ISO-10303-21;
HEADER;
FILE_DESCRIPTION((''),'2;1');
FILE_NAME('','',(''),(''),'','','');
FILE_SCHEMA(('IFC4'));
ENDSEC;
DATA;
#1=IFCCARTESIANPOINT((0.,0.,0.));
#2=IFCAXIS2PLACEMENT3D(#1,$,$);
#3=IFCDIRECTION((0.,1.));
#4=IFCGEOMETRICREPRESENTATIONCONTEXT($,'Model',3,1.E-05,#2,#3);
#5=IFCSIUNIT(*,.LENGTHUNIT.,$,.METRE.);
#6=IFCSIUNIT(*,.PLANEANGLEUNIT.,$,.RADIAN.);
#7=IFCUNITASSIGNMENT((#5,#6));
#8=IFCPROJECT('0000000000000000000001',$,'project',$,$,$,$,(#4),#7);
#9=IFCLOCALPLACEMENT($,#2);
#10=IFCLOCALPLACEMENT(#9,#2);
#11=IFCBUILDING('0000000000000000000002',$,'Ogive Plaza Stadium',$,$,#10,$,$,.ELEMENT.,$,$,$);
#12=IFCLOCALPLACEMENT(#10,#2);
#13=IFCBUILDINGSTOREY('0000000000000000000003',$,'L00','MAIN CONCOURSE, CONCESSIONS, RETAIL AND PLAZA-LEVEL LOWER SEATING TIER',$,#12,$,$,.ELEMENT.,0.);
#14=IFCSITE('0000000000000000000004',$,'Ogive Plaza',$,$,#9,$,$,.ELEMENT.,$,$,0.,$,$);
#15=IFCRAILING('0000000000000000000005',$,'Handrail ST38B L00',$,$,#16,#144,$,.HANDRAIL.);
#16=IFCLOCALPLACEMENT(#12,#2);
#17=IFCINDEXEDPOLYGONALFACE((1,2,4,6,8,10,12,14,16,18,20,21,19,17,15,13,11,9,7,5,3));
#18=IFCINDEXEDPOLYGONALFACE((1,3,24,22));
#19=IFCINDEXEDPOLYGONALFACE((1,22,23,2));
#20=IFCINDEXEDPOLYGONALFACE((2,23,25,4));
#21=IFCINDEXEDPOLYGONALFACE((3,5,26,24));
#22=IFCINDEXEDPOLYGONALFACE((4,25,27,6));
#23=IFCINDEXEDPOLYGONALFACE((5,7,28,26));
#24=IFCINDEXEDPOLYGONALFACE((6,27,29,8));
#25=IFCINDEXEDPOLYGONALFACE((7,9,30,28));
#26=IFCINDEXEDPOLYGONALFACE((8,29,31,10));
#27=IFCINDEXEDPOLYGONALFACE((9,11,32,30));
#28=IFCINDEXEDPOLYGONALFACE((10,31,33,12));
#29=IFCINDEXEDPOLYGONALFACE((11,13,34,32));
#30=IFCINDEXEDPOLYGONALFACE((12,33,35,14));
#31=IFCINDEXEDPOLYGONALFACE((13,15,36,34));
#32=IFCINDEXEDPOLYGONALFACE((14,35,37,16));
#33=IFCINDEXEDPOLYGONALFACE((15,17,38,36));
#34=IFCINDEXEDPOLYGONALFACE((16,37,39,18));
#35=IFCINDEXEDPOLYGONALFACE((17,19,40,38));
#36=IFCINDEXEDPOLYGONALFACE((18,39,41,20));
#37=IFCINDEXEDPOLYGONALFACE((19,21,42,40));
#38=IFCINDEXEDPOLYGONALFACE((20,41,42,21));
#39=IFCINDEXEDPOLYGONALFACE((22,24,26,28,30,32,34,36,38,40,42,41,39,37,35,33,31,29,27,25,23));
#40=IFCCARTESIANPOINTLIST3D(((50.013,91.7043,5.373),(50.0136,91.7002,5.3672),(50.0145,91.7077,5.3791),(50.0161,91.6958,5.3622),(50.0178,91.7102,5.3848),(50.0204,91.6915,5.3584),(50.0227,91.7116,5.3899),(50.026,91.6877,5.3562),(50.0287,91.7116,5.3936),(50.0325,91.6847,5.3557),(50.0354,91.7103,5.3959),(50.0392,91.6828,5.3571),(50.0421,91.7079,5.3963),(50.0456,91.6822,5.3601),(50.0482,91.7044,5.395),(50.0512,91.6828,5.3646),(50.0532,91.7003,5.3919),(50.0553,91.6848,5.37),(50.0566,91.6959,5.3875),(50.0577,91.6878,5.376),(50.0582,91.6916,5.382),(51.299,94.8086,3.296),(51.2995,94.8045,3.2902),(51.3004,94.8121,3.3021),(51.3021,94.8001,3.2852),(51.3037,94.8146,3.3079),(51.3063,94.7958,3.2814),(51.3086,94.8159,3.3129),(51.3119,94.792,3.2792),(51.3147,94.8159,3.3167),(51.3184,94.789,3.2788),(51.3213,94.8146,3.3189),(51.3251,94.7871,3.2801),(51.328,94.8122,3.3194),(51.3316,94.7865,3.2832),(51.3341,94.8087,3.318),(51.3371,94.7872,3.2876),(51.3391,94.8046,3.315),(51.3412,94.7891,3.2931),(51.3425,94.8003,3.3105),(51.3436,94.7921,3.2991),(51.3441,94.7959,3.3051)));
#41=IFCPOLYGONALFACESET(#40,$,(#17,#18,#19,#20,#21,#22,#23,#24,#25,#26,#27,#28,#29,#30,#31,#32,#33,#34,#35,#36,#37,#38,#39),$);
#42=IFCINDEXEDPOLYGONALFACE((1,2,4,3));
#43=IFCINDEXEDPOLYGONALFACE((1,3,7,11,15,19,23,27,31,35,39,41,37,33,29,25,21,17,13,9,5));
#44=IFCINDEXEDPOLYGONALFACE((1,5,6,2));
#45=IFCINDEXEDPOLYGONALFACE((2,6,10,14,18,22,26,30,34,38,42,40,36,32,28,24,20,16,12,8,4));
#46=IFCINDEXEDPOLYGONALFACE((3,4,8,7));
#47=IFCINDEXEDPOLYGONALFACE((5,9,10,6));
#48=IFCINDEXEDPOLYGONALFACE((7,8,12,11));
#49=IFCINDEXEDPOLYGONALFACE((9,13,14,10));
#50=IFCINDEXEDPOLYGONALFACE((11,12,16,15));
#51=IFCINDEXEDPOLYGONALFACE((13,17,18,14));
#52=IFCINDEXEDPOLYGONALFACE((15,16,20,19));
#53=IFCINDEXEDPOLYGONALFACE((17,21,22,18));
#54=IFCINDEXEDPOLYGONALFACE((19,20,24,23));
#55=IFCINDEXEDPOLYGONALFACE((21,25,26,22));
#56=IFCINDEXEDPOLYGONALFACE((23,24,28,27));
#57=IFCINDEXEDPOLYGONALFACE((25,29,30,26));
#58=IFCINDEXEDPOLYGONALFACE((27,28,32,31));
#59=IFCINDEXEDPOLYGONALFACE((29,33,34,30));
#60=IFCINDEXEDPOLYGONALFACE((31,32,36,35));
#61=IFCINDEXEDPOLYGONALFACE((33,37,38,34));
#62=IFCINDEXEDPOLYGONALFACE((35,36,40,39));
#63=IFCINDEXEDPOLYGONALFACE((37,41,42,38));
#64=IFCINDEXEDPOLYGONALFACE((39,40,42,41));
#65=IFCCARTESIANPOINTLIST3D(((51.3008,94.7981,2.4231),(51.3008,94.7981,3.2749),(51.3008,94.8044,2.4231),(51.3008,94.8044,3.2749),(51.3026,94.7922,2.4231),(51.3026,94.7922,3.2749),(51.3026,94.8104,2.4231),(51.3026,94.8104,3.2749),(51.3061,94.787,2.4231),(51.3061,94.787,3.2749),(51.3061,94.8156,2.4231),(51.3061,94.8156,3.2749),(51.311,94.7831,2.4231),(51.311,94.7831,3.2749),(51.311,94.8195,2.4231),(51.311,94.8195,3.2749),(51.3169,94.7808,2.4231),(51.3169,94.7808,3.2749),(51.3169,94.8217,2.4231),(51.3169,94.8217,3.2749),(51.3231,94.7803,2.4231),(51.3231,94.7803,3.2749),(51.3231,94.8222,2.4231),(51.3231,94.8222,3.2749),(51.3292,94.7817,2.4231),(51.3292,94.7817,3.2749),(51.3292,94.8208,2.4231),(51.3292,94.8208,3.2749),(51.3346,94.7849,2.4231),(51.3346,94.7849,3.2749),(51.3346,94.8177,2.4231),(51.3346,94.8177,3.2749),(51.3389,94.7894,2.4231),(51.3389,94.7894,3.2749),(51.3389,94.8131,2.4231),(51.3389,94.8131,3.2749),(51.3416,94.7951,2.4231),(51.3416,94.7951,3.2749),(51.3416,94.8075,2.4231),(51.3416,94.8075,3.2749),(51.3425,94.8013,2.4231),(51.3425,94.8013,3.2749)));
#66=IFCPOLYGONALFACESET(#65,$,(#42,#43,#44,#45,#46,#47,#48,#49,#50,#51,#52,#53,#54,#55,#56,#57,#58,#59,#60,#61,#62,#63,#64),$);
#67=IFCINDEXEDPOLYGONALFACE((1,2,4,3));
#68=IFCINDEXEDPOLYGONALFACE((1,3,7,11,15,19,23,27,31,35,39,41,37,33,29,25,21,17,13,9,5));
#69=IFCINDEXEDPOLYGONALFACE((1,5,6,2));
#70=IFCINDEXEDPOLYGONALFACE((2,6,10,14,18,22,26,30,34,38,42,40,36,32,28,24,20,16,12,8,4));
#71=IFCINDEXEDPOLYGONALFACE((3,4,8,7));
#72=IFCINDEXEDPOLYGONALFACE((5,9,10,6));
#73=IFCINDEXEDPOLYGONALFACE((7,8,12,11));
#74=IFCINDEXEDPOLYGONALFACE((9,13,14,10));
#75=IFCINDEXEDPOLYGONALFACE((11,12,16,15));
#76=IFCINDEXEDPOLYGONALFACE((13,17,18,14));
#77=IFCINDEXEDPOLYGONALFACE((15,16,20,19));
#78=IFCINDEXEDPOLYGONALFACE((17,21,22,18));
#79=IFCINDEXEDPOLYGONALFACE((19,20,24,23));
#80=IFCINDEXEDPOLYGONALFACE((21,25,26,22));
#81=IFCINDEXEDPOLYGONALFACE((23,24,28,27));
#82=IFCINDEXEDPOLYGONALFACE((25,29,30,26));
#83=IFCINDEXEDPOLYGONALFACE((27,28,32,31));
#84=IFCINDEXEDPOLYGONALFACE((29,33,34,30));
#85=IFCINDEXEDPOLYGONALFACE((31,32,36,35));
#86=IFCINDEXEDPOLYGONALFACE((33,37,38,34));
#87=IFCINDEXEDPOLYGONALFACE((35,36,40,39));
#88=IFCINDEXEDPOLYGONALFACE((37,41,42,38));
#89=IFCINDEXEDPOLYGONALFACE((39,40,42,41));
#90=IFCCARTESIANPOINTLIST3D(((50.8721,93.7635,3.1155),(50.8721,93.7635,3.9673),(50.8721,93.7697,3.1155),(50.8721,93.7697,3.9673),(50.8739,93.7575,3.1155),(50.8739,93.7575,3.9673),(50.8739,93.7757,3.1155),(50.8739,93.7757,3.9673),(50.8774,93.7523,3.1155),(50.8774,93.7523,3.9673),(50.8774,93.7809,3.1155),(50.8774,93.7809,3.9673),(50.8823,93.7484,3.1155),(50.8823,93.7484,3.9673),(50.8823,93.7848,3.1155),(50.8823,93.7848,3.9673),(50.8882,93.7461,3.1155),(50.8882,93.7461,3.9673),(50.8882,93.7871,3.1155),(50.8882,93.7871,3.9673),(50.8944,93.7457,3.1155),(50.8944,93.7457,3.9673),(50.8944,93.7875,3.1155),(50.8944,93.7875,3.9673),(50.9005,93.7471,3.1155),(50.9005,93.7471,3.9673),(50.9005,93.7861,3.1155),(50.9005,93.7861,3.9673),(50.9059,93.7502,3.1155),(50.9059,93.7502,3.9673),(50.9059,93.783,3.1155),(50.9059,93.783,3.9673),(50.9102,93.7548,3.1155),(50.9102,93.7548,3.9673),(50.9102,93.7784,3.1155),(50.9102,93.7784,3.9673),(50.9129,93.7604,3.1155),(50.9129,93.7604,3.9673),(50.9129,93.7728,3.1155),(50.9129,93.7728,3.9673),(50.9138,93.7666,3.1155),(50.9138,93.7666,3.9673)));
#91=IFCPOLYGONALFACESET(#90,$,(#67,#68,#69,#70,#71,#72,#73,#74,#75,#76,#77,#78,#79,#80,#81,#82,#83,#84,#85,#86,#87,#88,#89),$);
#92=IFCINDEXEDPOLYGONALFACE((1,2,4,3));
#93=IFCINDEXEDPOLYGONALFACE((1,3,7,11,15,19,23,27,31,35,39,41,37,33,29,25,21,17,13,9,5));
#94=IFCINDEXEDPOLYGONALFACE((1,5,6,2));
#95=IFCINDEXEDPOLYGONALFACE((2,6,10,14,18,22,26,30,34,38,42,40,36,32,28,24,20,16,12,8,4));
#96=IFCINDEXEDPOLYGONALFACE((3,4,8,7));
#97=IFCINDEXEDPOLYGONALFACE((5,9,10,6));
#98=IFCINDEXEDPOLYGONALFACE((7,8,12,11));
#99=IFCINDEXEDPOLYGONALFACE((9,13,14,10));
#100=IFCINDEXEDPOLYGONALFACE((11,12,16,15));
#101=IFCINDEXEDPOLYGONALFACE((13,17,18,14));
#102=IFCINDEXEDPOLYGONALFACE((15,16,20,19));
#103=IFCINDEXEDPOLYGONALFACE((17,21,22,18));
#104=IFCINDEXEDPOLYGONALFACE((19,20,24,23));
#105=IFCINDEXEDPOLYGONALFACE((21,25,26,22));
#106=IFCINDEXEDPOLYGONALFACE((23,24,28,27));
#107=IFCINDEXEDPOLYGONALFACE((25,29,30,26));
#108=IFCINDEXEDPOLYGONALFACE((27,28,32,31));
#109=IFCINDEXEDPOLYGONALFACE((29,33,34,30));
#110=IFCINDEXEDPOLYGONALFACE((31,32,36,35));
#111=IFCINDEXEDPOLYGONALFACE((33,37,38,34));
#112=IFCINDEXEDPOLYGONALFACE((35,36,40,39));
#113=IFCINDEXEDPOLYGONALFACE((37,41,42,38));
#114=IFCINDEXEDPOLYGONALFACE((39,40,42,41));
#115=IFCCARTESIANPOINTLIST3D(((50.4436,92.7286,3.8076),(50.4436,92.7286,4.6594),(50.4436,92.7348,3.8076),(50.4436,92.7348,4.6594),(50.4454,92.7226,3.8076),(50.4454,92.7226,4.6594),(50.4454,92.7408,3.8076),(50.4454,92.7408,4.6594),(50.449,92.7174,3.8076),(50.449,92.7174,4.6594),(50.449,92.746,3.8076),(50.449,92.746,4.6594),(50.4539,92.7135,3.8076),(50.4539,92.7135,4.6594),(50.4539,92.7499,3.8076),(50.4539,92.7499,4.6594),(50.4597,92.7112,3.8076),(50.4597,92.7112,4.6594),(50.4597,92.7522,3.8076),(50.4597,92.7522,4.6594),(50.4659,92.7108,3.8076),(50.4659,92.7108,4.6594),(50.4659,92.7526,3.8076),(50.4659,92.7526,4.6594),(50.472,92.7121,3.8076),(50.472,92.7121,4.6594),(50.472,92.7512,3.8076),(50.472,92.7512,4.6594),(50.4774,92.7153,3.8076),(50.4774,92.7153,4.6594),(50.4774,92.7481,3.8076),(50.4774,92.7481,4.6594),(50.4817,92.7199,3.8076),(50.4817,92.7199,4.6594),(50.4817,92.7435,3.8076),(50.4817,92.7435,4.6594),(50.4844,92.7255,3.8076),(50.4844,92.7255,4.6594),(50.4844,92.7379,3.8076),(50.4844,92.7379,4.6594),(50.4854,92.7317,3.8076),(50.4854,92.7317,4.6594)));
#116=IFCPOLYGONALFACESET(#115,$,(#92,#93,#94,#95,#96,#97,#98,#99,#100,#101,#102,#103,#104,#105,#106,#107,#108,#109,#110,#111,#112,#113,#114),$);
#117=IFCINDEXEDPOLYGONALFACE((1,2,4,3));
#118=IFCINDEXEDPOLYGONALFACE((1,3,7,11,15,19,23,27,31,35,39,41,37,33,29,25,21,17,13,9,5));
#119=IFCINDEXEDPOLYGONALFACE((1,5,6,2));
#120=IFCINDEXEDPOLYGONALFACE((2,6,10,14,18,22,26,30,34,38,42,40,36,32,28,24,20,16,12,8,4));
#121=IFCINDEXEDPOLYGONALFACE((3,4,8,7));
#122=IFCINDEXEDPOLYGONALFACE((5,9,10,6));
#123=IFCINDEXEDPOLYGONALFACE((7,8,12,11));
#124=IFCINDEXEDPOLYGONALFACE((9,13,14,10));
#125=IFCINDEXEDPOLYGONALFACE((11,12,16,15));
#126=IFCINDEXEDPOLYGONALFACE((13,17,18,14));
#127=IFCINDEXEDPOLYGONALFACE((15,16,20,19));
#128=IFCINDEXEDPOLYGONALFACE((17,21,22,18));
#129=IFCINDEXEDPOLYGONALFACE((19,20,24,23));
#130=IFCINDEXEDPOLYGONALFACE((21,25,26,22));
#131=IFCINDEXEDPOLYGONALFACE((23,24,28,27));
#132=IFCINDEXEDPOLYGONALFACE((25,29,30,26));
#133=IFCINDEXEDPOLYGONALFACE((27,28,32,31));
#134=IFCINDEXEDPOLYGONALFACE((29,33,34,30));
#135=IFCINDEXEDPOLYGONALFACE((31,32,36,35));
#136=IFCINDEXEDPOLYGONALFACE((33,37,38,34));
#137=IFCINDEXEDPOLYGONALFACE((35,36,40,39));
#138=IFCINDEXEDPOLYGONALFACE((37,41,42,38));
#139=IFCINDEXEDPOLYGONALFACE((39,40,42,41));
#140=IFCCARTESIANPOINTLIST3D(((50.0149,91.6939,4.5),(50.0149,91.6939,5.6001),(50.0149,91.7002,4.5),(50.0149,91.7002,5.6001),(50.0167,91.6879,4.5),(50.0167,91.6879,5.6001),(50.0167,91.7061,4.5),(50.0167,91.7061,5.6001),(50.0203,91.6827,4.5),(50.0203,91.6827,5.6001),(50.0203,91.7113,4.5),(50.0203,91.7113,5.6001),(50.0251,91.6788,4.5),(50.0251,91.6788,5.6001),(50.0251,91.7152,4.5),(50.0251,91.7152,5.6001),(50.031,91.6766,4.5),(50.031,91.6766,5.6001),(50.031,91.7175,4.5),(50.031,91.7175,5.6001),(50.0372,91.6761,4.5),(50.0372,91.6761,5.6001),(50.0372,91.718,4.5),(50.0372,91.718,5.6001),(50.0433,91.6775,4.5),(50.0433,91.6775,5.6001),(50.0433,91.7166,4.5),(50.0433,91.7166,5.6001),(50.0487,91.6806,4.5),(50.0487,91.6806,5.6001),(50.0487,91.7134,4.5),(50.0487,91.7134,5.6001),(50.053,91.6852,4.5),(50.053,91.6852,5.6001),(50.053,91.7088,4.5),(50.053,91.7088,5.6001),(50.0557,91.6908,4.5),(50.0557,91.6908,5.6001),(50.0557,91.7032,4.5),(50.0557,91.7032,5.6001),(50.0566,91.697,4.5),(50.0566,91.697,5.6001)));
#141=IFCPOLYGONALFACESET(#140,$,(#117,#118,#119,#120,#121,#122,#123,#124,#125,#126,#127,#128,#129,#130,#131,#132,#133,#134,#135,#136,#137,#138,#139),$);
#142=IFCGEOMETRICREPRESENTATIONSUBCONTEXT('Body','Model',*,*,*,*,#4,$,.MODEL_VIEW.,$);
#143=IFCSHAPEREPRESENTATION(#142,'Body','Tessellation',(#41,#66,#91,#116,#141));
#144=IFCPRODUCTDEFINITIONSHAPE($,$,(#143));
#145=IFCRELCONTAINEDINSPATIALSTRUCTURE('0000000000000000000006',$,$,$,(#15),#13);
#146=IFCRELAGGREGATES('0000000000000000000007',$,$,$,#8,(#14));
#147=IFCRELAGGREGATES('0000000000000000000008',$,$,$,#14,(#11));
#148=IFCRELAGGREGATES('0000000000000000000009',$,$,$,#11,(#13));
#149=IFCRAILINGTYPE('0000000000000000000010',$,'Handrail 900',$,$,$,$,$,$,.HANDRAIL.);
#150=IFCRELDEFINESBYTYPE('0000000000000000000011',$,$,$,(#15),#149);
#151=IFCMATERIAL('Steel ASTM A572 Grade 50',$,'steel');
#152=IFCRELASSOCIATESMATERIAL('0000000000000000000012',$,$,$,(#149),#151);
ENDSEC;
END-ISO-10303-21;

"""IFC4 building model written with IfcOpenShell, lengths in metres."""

from ifc_helpers import new_model, si_unit, direction, frame, origin, origin_2d, place, context, subcontext, project, spatial, circle, extrude, material, type_object, element, save


model = new_model("IFC4")

# Units and contexts
model_context = context("Model", 3, precision=1e-05, world=origin(), true_north=direction((0.0, 1.0)))
body_context = subcontext(model_context, "Body", "Model", "MODEL_VIEW")
ifc_project = project(units=[si_unit("LENGTHUNIT", "METRE"), si_unit("PLANEANGLEUNIT", "RADIAN")], contexts=[model_context])

# Site, building, storey
site_placement = place(None, origin())
site = spatial("IfcSite", under=ifc_project, at=site_placement, Name="Ogive Plaza", CompositionType="ELEMENT", RefElevation=0.0)
building_placement = place(site_placement, origin())
building = spatial("IfcBuilding", under=site, at=building_placement, Name="Ogive Plaza Stadium", CompositionType="ELEMENT")
storey_placement = place(building_placement, origin())
storey = spatial("IfcBuildingStorey", under=building, at=storey_placement, Name="L00", Description="MAIN CONCOURSE, CONCESSIONS, RETAIL AND PLAZA-LEVEL LOWER SEATING TIER", CompositionType="ELEMENT", Elevation=0.0)

# Railing
ifc_material_1 = material(Name="Steel ASTM A572 Grade 50", Category="steel")
railing_type_1 = type_object("IfcRailingType", Name="Handrail 900", PredefinedType="HANDRAIL", material=ifc_material_1)
railing_1_placement = place(storey_placement, frame((51.3215, 94.8013, 2.4231)))
element("IfcRailing", 1, at=railing_1_placement, inside=storey, type_object=railing_type_1, Name="Handrail ST38B L00", PredefinedType="HANDRAIL", context=body_context, shape_type="SweptSolid", body=[
    extrude(circle(Radius=0.0239, at=origin_2d()), frame((0.0, 0.0, 0.876), z_axis=(-0.325532, -0.785863, 0.525783), x_axis=(0.923872, -0.3827, 0.0)), (0.0, 0.0, 1.0), 3.9502),
    extrude(circle(Radius=0.021, at=origin_2d()), origin(), (0.0, 0.0, 1.0), 0.8518),
    extrude(circle(Radius=0.021, at=origin_2d()), frame((-0.4287, -1.0347, 0.6924)), (0.0, 0.0, 1.0), 0.8518),
    extrude(circle(Radius=0.021, at=origin_2d()), frame((-0.8572, -2.0696, 1.3845)), (0.0, 0.0, 1.0), 0.8518),
    extrude(circle(Radius=0.021, at=origin_2d()), frame((-1.2859, -3.1042, 2.0769)), (0.0, 0.0, 1.0), 1.1001),
])

save(model, "model.ifc")
